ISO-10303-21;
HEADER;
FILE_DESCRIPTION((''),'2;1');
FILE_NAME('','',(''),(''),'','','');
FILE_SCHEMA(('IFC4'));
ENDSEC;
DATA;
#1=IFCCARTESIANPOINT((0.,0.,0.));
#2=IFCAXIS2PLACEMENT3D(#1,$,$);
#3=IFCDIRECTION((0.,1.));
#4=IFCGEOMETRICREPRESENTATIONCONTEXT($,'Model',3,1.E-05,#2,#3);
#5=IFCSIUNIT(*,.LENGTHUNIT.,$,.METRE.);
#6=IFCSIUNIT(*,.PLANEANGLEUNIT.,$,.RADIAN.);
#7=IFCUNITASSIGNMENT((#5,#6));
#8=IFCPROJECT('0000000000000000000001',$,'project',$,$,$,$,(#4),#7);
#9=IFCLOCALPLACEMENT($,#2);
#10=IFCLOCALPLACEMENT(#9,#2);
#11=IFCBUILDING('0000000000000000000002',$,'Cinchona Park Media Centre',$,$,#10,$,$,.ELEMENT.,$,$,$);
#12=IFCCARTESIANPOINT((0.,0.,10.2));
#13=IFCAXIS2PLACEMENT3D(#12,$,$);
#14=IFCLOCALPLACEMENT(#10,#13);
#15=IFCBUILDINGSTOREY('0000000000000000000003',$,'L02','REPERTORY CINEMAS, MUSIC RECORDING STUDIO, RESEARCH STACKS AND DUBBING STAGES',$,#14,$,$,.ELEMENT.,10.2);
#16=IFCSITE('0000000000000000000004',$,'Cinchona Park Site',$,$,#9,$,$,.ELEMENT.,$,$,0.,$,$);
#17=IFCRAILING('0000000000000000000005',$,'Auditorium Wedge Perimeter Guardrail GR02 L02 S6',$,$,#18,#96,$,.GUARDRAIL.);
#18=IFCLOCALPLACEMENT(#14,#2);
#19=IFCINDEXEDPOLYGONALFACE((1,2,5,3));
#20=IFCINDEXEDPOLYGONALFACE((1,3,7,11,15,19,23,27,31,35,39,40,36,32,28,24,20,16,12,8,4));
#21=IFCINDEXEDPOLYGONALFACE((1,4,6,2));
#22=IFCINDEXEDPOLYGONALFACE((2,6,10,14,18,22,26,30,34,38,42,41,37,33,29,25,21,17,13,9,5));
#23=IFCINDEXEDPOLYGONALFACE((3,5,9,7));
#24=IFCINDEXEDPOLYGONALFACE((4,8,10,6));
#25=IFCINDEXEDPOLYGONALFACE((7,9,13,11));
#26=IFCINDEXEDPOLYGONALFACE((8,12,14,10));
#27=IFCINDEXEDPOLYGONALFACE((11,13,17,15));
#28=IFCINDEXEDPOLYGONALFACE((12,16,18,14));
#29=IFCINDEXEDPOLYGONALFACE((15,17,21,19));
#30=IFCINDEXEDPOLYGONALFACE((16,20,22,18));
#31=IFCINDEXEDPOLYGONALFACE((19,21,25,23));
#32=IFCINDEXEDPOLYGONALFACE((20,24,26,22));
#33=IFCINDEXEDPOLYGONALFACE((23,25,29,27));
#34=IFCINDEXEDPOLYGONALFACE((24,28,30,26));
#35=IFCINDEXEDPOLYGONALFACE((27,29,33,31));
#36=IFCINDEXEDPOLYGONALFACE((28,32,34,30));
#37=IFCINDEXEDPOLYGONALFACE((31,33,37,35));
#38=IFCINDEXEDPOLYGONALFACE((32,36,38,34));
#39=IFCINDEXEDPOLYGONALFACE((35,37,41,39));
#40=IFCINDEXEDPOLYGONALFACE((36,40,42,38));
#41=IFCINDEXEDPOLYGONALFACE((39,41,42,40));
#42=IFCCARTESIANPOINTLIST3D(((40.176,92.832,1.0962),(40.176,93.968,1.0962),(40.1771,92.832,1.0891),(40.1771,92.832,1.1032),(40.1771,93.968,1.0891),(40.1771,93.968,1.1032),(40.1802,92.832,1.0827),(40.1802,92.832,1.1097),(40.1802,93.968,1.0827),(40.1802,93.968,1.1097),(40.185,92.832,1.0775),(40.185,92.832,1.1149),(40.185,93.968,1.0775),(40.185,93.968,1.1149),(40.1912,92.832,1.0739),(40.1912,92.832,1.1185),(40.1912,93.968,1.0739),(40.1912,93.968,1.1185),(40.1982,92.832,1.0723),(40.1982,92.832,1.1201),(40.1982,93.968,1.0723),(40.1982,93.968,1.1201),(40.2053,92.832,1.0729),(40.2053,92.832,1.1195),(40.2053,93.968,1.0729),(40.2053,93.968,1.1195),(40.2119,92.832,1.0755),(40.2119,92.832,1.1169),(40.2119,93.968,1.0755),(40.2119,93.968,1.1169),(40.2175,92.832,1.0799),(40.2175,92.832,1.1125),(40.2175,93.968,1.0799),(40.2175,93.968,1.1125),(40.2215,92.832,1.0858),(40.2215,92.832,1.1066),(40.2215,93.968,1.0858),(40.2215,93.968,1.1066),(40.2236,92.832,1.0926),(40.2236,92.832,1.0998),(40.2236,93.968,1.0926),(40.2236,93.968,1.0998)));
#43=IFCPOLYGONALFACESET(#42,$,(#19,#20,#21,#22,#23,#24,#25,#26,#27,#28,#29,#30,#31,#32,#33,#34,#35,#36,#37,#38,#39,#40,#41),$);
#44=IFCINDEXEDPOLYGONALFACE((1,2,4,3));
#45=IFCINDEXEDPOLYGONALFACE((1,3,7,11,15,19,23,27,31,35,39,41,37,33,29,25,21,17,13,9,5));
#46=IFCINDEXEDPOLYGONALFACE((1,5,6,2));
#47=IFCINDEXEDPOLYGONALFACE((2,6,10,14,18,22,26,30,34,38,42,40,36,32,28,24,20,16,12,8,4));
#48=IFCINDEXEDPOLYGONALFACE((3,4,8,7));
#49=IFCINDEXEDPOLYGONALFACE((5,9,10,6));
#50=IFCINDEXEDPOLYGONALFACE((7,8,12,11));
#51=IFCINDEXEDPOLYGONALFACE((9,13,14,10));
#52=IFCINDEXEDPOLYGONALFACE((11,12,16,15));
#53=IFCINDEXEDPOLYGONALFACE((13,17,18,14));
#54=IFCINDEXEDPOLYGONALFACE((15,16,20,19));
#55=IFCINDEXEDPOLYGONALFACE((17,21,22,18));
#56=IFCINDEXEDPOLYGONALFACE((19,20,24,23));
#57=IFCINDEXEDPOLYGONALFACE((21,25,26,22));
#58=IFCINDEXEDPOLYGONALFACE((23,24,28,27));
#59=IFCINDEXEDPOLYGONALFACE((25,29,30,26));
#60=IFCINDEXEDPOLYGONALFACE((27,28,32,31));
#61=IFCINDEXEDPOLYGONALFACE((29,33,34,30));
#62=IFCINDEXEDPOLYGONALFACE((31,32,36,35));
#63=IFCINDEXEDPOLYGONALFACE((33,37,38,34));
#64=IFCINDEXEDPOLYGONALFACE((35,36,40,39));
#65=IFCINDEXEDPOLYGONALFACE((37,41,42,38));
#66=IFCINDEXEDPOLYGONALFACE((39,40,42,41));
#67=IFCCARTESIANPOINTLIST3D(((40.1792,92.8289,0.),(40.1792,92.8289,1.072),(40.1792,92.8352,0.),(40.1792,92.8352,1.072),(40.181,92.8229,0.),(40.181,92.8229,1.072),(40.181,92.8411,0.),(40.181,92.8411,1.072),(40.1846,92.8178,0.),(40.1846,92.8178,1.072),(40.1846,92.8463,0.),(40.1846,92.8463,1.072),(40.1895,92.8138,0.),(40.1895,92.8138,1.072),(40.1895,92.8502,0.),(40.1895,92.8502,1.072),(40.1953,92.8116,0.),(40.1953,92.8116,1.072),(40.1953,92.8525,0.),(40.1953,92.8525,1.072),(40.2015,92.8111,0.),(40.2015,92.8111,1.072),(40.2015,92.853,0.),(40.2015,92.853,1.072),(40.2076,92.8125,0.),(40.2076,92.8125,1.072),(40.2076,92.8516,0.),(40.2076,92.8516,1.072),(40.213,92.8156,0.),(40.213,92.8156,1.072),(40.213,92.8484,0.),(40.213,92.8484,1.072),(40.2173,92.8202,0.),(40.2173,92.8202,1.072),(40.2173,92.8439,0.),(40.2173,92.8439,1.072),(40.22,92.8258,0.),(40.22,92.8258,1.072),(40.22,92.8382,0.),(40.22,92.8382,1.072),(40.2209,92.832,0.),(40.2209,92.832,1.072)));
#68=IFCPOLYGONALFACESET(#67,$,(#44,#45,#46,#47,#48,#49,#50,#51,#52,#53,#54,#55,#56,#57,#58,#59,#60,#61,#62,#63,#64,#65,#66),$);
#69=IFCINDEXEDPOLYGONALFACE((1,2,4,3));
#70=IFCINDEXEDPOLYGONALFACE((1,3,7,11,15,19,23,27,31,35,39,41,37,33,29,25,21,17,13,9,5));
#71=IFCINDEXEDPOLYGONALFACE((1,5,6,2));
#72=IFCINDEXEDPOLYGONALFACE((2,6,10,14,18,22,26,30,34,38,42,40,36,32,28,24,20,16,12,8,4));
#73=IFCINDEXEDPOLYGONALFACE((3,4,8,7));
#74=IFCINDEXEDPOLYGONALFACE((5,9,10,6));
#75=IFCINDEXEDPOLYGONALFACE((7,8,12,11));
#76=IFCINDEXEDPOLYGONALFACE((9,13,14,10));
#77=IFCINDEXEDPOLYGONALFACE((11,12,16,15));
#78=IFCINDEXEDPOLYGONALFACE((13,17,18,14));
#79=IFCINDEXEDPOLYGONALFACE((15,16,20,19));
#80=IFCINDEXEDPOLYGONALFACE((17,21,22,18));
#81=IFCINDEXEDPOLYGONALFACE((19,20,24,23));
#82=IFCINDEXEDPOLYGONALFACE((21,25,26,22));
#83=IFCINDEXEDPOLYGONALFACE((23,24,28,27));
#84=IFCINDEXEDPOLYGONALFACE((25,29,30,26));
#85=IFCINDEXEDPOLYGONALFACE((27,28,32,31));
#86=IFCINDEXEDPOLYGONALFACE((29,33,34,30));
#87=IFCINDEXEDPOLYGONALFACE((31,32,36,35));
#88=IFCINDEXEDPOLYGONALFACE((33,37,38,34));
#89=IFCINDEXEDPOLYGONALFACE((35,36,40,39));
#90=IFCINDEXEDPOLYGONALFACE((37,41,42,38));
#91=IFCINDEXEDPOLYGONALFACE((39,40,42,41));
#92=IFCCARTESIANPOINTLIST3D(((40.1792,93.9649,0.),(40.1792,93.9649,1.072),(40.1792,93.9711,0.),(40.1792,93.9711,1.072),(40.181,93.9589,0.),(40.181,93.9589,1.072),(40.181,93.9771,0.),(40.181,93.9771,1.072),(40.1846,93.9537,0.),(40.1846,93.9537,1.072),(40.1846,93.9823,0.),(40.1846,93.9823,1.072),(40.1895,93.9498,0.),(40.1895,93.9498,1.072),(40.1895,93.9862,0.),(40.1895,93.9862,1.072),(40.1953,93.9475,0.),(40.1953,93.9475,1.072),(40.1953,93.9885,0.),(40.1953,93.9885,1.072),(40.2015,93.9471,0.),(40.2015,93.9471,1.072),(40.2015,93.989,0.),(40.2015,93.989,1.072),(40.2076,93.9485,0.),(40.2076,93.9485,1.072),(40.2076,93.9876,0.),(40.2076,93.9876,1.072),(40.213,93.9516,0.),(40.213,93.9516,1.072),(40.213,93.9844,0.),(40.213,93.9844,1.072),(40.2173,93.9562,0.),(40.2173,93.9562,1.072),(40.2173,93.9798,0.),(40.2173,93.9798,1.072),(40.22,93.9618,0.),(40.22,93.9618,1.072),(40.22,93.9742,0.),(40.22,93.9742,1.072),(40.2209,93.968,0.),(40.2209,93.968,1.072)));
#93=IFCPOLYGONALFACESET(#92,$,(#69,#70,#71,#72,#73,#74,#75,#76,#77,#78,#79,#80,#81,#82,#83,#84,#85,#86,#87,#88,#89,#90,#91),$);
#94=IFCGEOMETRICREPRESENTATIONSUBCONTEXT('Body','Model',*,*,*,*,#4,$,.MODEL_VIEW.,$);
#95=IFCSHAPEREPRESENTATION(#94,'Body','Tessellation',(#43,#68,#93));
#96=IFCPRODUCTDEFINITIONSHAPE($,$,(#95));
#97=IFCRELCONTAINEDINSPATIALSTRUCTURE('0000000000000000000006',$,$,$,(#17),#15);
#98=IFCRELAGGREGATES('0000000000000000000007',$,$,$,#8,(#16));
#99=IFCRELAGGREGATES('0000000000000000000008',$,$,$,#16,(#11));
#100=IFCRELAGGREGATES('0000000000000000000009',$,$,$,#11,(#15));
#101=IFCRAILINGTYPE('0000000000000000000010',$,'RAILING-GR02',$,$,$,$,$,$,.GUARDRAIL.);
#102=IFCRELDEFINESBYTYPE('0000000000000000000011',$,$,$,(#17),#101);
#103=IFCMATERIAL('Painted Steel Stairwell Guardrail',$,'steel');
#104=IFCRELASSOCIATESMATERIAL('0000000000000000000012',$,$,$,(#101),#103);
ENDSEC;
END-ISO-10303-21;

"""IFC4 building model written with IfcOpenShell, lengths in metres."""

from ifc_helpers import new_model, si_unit, direction, frame, origin, origin_2d, place, context, subcontext, project, spatial, circle, extrude, material, type_object, element, save


model = new_model("IFC4")

# Units and contexts
model_context = context("Model", 3, precision=1e-05, world=origin(), true_north=direction((0.0, 1.0)))
body_context = subcontext(model_context, "Body", "Model", "MODEL_VIEW")
ifc_project = project(units=[si_unit("LENGTHUNIT", "METRE"), si_unit("PLANEANGLEUNIT", "RADIAN")], contexts=[model_context])

# Site, building, storey
site_placement = place(None, origin())
site = spatial("IfcSite", under=ifc_project, at=site_placement, Name="Cinchona Park Site", CompositionType="ELEMENT", RefElevation=0.0)
building_placement = place(site_placement, origin())
building = spatial("IfcBuilding", under=site, at=building_placement, Name="Cinchona Park Media Centre", CompositionType="ELEMENT")
storey_placement = place(building_placement, frame((0.0, 0.0, 10.2)))
storey = spatial("IfcBuildingStorey", under=building, at=storey_placement, Name="L02", Description="REPERTORY CINEMAS, MUSIC RECORDING STUDIO, RESEARCH STACKS AND DUBBING STAGES", CompositionType="ELEMENT", Elevation=10.2)

# Railing
ifc_material_1 = material(Name="Painted Steel Stairwell Guardrail", Category="steel")
railing_type_1 = type_object("IfcRailingType", Name="RAILING-GR02", PredefinedType="GUARDRAIL", material=ifc_material_1)
railing_1_placement = place(storey_placement, frame((40.2, 92.832, 0.0)))
element("IfcRailing", 1, at=railing_1_placement, inside=storey, type_object=railing_type_1, Name="Auditorium Wedge Perimeter Guardrail GR02 L02 S6", PredefinedType="GUARDRAIL", context=body_context, shape_type="SweptSolid", body=[
    extrude(circle(Radius=0.0239, at=origin_2d()), frame((0.0, 0.0, 1.0962), z_axis=(0.0, 1.0, 0.0), x_axis=(-1.0, 0.0, 0.0)), (0.0, 0.0, 1.0), 1.136),
    extrude(circle(Radius=0.021, at=origin_2d()), origin(), (0.0, 0.0, 1.0), 1.072),
    extrude(circle(Radius=0.021, at=origin_2d()), frame((0.0, 1.136, 0.0)), (0.0, 0.0, 1.0), 1.072),
])

save(model, "model.ifc")
